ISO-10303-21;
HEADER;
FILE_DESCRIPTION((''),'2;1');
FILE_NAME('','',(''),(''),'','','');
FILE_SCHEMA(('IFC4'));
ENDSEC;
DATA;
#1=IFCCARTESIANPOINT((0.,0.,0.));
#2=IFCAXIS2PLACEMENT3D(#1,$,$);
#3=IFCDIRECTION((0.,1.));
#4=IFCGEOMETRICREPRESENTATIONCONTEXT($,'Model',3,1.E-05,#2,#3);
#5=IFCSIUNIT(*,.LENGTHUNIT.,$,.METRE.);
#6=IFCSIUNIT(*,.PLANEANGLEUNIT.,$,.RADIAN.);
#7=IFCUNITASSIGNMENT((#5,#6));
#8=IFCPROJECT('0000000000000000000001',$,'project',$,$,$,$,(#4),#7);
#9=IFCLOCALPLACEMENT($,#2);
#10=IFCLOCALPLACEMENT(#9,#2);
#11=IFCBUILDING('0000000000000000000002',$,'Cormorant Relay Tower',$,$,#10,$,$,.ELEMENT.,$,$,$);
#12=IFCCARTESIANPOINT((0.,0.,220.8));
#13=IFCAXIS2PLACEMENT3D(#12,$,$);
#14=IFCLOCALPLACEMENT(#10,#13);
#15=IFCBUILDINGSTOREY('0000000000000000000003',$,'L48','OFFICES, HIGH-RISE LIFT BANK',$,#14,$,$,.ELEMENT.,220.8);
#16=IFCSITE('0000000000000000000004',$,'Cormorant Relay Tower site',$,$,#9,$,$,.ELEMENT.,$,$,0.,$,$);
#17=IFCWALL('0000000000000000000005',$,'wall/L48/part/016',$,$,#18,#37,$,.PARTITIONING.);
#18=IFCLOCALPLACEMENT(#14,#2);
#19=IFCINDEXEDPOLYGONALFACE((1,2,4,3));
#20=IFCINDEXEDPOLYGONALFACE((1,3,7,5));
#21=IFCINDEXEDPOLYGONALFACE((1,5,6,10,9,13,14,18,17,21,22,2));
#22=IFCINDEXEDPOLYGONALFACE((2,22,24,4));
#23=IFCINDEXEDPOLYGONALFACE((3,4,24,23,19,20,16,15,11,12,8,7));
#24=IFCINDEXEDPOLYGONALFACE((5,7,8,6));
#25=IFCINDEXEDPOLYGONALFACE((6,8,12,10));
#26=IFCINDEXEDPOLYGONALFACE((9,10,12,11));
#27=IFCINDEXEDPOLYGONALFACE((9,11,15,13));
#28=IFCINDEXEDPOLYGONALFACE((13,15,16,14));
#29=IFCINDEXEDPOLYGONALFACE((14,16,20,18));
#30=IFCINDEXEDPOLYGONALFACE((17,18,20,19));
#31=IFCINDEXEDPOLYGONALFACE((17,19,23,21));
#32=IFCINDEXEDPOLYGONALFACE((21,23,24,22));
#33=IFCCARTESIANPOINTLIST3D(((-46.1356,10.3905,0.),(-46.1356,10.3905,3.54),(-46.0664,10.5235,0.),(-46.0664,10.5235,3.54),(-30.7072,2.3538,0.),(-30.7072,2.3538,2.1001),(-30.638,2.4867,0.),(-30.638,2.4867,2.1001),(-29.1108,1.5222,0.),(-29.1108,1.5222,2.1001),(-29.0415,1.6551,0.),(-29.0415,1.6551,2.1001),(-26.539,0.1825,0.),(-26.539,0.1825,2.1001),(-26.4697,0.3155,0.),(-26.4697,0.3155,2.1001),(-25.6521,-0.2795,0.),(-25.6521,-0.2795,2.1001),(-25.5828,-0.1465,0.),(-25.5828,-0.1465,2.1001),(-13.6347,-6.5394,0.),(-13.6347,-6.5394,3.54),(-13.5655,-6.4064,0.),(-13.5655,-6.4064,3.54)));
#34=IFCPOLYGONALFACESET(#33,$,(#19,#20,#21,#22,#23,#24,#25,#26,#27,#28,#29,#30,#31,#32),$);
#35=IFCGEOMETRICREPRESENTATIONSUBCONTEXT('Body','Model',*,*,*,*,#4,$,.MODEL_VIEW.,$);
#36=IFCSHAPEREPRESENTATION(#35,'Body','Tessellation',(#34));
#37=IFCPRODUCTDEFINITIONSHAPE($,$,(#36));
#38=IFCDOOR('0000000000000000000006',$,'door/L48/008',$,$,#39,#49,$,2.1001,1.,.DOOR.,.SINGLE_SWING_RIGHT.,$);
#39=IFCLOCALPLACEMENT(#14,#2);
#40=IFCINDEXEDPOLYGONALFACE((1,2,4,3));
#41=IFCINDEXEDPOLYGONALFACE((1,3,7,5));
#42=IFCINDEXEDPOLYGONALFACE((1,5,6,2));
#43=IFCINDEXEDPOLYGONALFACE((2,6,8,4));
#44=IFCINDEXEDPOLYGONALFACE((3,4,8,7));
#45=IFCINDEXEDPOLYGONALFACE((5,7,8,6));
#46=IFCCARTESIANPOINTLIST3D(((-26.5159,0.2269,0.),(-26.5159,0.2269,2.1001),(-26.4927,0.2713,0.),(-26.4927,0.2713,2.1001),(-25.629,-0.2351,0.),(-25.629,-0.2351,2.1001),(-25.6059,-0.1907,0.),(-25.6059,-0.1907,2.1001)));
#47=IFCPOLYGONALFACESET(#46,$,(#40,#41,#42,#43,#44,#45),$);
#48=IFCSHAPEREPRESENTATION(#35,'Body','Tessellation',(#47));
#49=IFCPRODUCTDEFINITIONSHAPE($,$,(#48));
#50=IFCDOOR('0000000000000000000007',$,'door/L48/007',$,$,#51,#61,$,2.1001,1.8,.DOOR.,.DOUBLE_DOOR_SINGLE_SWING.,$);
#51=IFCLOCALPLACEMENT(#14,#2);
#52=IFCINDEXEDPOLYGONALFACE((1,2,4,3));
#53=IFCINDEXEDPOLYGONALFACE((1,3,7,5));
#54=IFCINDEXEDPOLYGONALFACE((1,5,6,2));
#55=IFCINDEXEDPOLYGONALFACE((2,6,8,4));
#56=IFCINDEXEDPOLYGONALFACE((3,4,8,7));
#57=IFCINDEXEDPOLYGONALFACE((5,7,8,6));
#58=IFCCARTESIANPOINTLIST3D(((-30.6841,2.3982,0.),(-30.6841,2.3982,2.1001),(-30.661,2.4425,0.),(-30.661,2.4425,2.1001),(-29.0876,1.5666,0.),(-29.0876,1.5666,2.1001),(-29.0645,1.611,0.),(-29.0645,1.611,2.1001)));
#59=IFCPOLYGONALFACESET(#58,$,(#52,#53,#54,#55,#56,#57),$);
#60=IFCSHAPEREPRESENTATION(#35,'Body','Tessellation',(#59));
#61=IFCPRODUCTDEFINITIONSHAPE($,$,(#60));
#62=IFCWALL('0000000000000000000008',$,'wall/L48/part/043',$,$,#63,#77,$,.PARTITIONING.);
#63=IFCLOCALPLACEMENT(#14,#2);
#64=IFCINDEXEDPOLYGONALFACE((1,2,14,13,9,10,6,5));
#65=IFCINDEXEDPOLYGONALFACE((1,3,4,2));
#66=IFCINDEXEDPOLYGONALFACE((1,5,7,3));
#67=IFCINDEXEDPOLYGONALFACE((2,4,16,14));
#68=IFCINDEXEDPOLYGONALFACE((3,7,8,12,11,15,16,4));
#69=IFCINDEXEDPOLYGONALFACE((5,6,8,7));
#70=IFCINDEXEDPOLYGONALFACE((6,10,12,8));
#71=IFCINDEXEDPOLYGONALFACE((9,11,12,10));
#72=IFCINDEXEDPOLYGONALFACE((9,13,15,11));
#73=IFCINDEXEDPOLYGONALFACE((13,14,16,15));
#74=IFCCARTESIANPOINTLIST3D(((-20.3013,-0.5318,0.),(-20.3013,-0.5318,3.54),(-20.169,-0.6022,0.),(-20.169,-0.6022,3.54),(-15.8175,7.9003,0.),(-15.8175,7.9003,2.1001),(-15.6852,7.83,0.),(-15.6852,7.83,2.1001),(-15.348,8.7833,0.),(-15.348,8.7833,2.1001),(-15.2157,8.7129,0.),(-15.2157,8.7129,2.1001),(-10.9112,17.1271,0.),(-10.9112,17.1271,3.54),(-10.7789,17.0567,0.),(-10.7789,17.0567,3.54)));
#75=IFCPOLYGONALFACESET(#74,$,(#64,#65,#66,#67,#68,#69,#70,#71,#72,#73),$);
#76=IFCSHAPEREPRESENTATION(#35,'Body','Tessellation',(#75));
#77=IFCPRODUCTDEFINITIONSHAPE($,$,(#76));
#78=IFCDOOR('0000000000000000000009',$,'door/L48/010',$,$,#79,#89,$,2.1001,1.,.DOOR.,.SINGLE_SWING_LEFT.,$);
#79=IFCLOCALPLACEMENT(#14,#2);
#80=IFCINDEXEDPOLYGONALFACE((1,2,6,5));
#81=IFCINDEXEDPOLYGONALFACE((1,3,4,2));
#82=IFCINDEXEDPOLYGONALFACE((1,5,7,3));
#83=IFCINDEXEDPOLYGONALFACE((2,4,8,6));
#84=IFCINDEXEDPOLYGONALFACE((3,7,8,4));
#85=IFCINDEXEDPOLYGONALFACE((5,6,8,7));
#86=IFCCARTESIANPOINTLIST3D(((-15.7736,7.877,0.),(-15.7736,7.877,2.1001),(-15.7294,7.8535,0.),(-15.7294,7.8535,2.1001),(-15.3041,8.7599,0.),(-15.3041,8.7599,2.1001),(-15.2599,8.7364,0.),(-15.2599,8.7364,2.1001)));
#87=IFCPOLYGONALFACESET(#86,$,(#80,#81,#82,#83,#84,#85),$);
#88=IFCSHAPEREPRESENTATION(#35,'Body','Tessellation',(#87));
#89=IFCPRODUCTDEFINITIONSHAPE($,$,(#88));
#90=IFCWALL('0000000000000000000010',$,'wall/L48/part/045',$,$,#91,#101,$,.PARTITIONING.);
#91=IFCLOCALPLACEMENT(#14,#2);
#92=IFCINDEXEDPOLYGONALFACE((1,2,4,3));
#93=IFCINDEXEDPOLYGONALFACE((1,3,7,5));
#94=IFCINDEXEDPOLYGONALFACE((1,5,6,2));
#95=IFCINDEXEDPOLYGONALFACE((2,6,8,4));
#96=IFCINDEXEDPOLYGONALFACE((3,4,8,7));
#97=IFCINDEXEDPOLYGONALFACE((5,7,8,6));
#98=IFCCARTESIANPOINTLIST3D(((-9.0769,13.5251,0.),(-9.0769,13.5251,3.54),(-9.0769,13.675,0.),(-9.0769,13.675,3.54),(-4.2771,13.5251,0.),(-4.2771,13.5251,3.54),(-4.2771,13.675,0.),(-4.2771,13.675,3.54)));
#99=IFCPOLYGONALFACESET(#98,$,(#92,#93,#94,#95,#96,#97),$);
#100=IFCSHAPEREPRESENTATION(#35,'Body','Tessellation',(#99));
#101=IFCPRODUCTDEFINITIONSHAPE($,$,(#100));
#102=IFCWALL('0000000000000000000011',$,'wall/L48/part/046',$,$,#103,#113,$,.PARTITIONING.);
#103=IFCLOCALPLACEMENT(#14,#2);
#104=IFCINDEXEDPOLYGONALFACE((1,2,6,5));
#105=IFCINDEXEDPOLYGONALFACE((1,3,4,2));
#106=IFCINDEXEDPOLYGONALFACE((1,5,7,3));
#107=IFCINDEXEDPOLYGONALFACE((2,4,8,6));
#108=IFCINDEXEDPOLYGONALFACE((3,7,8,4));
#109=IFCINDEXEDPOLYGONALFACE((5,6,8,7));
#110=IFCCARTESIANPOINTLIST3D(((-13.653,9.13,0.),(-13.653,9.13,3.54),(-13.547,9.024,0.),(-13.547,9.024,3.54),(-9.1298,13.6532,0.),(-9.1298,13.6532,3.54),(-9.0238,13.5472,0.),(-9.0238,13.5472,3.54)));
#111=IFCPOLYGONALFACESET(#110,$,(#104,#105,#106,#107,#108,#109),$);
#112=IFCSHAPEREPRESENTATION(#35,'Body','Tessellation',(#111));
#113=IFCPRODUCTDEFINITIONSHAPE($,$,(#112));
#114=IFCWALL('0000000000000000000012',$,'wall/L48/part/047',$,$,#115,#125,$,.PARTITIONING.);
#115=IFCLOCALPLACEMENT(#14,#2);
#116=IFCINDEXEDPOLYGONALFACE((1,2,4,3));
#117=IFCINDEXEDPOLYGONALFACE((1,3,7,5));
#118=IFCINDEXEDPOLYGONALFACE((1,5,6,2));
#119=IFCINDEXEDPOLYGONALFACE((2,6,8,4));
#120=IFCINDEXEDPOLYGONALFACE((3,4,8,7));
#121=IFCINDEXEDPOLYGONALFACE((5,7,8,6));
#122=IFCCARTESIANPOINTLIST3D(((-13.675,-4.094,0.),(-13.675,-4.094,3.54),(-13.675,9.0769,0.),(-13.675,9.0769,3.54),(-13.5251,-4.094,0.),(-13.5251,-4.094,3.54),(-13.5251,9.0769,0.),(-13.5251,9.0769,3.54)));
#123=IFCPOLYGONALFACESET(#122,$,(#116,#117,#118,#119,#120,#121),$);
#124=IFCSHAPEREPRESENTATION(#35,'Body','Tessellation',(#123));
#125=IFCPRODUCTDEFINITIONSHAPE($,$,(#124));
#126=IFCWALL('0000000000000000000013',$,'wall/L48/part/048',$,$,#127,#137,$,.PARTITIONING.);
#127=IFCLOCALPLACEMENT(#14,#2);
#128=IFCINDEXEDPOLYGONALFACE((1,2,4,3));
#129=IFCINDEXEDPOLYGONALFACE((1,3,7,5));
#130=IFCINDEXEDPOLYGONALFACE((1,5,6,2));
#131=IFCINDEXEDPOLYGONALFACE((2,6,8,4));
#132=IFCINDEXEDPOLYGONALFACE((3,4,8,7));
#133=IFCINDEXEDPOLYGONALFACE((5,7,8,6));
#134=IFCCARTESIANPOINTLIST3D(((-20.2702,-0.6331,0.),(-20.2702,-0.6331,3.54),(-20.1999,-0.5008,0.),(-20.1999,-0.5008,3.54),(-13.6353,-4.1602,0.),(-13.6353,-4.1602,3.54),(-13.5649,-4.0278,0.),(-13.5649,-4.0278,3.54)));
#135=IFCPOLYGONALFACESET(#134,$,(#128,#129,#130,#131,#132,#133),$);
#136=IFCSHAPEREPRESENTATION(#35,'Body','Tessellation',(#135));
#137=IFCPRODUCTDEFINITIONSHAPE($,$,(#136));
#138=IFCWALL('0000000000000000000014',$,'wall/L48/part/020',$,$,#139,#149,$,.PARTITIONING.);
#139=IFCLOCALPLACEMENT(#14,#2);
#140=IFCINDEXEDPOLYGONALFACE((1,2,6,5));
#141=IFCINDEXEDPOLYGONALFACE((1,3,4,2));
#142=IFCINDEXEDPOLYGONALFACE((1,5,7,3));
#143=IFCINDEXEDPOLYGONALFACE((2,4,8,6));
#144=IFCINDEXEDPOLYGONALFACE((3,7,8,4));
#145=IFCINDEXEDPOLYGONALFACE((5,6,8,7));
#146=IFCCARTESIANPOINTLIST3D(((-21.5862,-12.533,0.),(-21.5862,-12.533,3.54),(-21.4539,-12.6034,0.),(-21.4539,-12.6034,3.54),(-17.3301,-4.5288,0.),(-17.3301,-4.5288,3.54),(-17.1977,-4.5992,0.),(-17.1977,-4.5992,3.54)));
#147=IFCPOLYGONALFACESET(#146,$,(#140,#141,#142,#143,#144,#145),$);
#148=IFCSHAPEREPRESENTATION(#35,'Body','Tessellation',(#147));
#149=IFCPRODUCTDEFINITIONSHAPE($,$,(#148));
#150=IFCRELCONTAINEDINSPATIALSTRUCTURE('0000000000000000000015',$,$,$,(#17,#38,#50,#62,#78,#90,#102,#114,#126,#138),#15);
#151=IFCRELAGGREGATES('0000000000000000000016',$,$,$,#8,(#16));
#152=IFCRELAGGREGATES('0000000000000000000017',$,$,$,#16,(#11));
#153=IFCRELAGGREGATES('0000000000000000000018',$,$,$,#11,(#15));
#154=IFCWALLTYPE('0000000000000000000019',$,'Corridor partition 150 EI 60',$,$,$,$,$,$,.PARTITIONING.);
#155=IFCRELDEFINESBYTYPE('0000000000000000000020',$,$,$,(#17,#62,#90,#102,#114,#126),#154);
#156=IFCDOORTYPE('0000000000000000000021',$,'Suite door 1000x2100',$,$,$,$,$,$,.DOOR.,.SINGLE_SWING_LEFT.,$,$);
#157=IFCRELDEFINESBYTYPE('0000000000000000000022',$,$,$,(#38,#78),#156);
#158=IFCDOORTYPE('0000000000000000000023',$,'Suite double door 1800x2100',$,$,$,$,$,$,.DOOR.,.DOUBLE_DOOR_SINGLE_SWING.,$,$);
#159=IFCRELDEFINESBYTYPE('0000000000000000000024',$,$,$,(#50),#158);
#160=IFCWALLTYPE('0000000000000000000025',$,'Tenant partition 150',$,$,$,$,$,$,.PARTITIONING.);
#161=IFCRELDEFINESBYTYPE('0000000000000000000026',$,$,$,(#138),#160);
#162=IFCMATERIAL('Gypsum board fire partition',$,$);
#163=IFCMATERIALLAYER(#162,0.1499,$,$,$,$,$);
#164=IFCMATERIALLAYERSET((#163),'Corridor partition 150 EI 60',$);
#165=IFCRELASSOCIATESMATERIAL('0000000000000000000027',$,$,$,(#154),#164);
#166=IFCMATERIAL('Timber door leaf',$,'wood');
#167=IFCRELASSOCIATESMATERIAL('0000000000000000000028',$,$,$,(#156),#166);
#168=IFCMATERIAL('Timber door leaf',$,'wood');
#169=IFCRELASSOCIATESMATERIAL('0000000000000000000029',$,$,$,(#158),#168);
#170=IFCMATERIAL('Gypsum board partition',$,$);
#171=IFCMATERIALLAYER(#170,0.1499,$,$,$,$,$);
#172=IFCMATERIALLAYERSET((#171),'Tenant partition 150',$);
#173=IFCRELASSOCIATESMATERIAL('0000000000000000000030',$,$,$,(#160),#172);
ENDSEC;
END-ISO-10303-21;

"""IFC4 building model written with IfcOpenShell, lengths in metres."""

from ifc_helpers import new_model, si_unit, direction, frame, frame_2d, origin, place, context, subcontext, project, spatial, rectangle, extrude, material, layer, layer_set, type_object, element, fill, save


model = new_model("IFC4")

# Units and contexts
model_context = context("Model", 3, precision=1e-05, world=origin(), true_north=direction((0.0, 1.0)))
body_context = subcontext(model_context, "Body", "Model", "MODEL_VIEW")
ifc_project = project(units=[si_unit("LENGTHUNIT", "METRE"), si_unit("PLANEANGLEUNIT", "RADIAN")], contexts=[model_context])

# Site, building, storey
site_placement = place(None, origin())
site = spatial("IfcSite", under=ifc_project, at=site_placement, Name="Cormorant Relay Tower site", CompositionType="ELEMENT", RefElevation=0.0)
building_placement = place(site_placement, origin())
building = spatial("IfcBuilding", under=site, at=building_placement, Name="Cormorant Relay Tower", CompositionType="ELEMENT")
storey_placement = place(building_placement, frame((0.0, 0.0, 220.8)))
storey = spatial("IfcBuildingStorey", under=building, at=storey_placement, Name="L48", Description="OFFICES, HIGH-RISE LIFT BANK", CompositionType="ELEMENT", Elevation=220.8)

# Wall, openings, doors
ifc_material_1 = material(Name="Gypsum board fire partition")
ifc_layer_1 = layer(ifc_material_1, 0.1499)
ifc_layer_set_1 = layer_set([ifc_layer_1], Name="Corridor partition 150 EI 60")
wall_type_1 = type_object("IfcWallType", Name="Corridor partition 150 EI 60", PredefinedType="PARTITIONING", material=ifc_layer_set_1)
wall_1_placement = place(storey_placement, frame((-13.6001, -6.4729, 0.0), z_axis=(0.0, 0.0, 1.0), x_axis=(-0.886888, 0.461985, 0.0)))
wall_1 = element("IfcWall", 1, at=wall_1_placement, inside=storey, type_object=wall_type_1, Name="wall/L48/part/016", PredefinedType="PARTITIONING", context=body_context, shape_type="SweptSolid", body=[
    extrude(rectangle(XDim=36.646, YDim=0.1499, at=frame_2d((18.323, 0.0))), origin(), (0.0, 0.0, 1.0), 3.54),
])
opening_1_placement = place(wall_1_placement, frame((17.45, 0.0, 0.0)))
opening_1 = element("IfcOpeningElement", 2, at=opening_1_placement, cuts=wall_1, PredefinedType="OPENING", context=body_context, shape_type="SweptSolid", body=[
    extrude(rectangle(XDim=1.8, YDim=2.1001, at=frame_2d((0.8999, 1.05))), frame((0.0, 0.085, 0.0), z_axis=(0.0, -1.0, 0.0), x_axis=(1.0, 0.0, 0.0)), (0.0, 0.0, 1.0), 0.1699),
])
opening_2_placement = place(wall_1_placement, frame((13.55, 0.0, 0.0)))
opening_2 = element("IfcOpeningElement", 3, at=opening_2_placement, cuts=wall_1, PredefinedType="OPENING", context=body_context, shape_type="SweptSolid", body=[
    extrude(rectangle(XDim=1.0, YDim=2.1001, at=frame_2d((0.5, 1.05))), frame((0.0, 0.085, 0.0), z_axis=(0.0, -1.0, 0.0), x_axis=(1.0, 0.0, 0.0)), (0.0, 0.0, 1.0), 0.1699),
])
ifc_material_2 = material(Name="Timber door leaf", Category="wood")
door_type_1 = type_object("IfcDoorType", Name="Suite door 1000x2100", OperationType="SINGLE_SWING_LEFT", PredefinedType="DOOR", material=ifc_material_2)
door_1_placement = place(opening_2_placement, origin())
door_1 = element("IfcDoor", 4, at=door_1_placement, inside=storey, type_object=door_type_1, Name="door/L48/008", OperationType="SINGLE_SWING_RIGHT", OverallHeight=2.1001, OverallWidth=1.0, PredefinedType="DOOR", context=body_context, shape_type="SweptSolid", body=[
    extrude(rectangle(XDim=1.0, YDim=2.1001, at=frame_2d((0.5, 1.05))), frame((0.0, 0.0249, 0.0), z_axis=(0.0, -1.0, 0.0), x_axis=(1.0, 0.0, 0.0)), (0.0, 0.0, 1.0), 0.05),
])
fill(opening_2, door_1)
ifc_material_3 = material(Name="Timber door leaf", Category="wood")
door_type_2 = type_object("IfcDoorType", Name="Suite double door 1800x2100", OperationType="DOUBLE_DOOR_SINGLE_SWING", PredefinedType="DOOR", material=ifc_material_3)
door_2_placement = place(opening_1_placement, origin())
door_2 = element("IfcDoor", 5, at=door_2_placement, inside=storey, type_object=door_type_2, Name="door/L48/007", OperationType="DOUBLE_DOOR_SINGLE_SWING", OverallHeight=2.1001, OverallWidth=1.8, PredefinedType="DOOR", context=body_context, shape_type="SweptSolid", body=[
    extrude(rectangle(XDim=1.8, YDim=2.1001, at=frame_2d((0.8999, 1.05))), frame((0.0, 0.0249, 0.0), z_axis=(0.0, -1.0, 0.0), x_axis=(1.0, 0.0, 0.0)), (0.0, 0.0, 1.0), 0.05),
])
fill(opening_1, door_2)

# Wall, opening, door
wall_2_placement = place(storey_placement, frame((-20.2351, -0.5669, 0.0), z_axis=(0.0, 0.0, 1.0), x_axis=(0.469499, 0.882933, 0.0)))
wall_2 = element("IfcWall", 6, at=wall_2_placement, inside=storey, type_object=wall_type_1, Name="wall/L48/part/043", PredefinedType="PARTITIONING", context=body_context, shape_type="SweptSolid", body=[
    extrude(rectangle(XDim=20.0002, YDim=0.1499, at=frame_2d((10.0, 0.0))), origin(), (0.0, 0.0, 1.0), 3.54),
])
opening_3_placement = place(wall_2_placement, frame((9.55, 0.0, 0.0)))
opening_3 = element("IfcOpeningElement", 7, at=opening_3_placement, cuts=wall_2, PredefinedType="OPENING", context=body_context, shape_type="SweptSolid", body=[
    extrude(rectangle(XDim=1.0, YDim=2.1001, at=frame_2d((0.5, 1.05))), frame((0.0, 0.085, 0.0), z_axis=(0.0, -1.0, 0.0), x_axis=(1.0, 0.0, 0.0)), (0.0, 0.0, 1.0), 0.1699),
])
door_3_placement = place(opening_3_placement, frame((1.0, 0.0, 0.0), z_axis=(0.0, 0.0, 1.0), x_axis=(-1.0, 0.0, 0.0)))
door_3 = element("IfcDoor", 8, at=door_3_placement, inside=storey, type_object=door_type_1, Name="door/L48/010", OperationType="SINGLE_SWING_LEFT", OverallHeight=2.1001, OverallWidth=1.0, PredefinedType="DOOR", context=body_context, shape_type="SweptSolid", body=[
    extrude(rectangle(XDim=1.0, YDim=2.1001, at=frame_2d((0.5, 1.05))), frame((0.0, 0.0249, 0.0), z_axis=(0.0, -1.0, 0.0), x_axis=(1.0, 0.0, 0.0)), (0.0, 0.0, 1.0), 0.05),
])
fill(opening_3, door_3)

# Walls
wall_3_placement = place(storey_placement, frame((-4.2771, 13.6001, 0.0), z_axis=(0.0, 0.0, 1.0), x_axis=(-1.0, 0.0, 0.0)))
element("IfcWall", 9, at=wall_3_placement, inside=storey, type_object=wall_type_1, Name="wall/L48/part/045", PredefinedType="PARTITIONING", context=body_context, shape_type="SweptSolid", body=[
    extrude(rectangle(XDim=4.7998, YDim=0.1499, at=frame_2d((2.3999, 0.0))), origin(), (0.0, 0.0, 1.0), 3.54),
])
wall_4_placement = place(storey_placement, frame((-9.0769, 13.6001, 0.0), z_axis=(0.0, 0.0, 1.0), x_axis=(-0.707107, -0.707107, 0.0)))
element("IfcWall", 10, at=wall_4_placement, inside=storey, type_object=wall_type_1, Name="wall/L48/part/046", PredefinedType="PARTITIONING", context=body_context, shape_type="SweptSolid", body=[
    extrude(rectangle(XDim=6.3967, YDim=0.1499, at=frame_2d((3.1982, 0.0))), origin(), (0.0, 0.0, 1.0), 3.54),
])
wall_5_placement = place(storey_placement, frame((-13.6001, 9.0769, 0.0), z_axis=(0.0, 0.0, 1.0), x_axis=(0.0, -1.0, 0.0)))
element("IfcWall", 11, at=wall_5_placement, inside=storey, type_object=wall_type_1, Name="wall/L48/part/047", PredefinedType="PARTITIONING", context=body_context, shape_type="SweptSolid", body=[
    extrude(rectangle(XDim=13.1709, YDim=0.1499, at=frame_2d((6.5854, 0.0))), origin(), (0.0, 0.0, 1.0), 3.54),
])
wall_6_placement = place(storey_placement, frame((-13.6001, -4.094, 0.0), z_axis=(0.0, 0.0, 1.0), x_axis=(-0.882992, 0.469389, 0.0)))
element("IfcWall", 12, at=wall_6_placement, inside=storey, type_object=wall_type_1, Name="wall/L48/part/048", PredefinedType="PARTITIONING", context=body_context, shape_type="SweptSolid", body=[
    extrude(rectangle(XDim=7.5142, YDim=0.1499, at=frame_2d((3.7571, 0.0))), origin(), (0.0, 0.0, 1.0), 3.54),
])
ifc_material_4 = material(Name="Gypsum board partition")
ifc_layer_2 = layer(ifc_material_4, 0.1499)
ifc_layer_set_2 = layer_set([ifc_layer_2], Name="Tenant partition 150")
wall_type_2 = type_object("IfcWallType", Name="Tenant partition 150", PredefinedType="PARTITIONING", material=ifc_layer_set_2)
wall_7_placement = place(storey_placement, frame((-17.2639, -4.564, 0.0), z_axis=(0.0, 0.0, 1.0), x_axis=(-0.469491, -0.882937, 0.0)))
element("IfcWall", 13, at=wall_7_placement, inside=storey, type_object=wall_type_2, Name="wall/L48/part/020", PredefinedType="PARTITIONING", context=body_context, shape_type="SweptSolid", body=[
    extrude(rectangle(XDim=9.0654, YDim=0.1499, at=frame_2d((4.5327, 0.0))), origin(), (0.0, 0.0, 1.0), 3.54),
])

save(model, "model.ifc")
